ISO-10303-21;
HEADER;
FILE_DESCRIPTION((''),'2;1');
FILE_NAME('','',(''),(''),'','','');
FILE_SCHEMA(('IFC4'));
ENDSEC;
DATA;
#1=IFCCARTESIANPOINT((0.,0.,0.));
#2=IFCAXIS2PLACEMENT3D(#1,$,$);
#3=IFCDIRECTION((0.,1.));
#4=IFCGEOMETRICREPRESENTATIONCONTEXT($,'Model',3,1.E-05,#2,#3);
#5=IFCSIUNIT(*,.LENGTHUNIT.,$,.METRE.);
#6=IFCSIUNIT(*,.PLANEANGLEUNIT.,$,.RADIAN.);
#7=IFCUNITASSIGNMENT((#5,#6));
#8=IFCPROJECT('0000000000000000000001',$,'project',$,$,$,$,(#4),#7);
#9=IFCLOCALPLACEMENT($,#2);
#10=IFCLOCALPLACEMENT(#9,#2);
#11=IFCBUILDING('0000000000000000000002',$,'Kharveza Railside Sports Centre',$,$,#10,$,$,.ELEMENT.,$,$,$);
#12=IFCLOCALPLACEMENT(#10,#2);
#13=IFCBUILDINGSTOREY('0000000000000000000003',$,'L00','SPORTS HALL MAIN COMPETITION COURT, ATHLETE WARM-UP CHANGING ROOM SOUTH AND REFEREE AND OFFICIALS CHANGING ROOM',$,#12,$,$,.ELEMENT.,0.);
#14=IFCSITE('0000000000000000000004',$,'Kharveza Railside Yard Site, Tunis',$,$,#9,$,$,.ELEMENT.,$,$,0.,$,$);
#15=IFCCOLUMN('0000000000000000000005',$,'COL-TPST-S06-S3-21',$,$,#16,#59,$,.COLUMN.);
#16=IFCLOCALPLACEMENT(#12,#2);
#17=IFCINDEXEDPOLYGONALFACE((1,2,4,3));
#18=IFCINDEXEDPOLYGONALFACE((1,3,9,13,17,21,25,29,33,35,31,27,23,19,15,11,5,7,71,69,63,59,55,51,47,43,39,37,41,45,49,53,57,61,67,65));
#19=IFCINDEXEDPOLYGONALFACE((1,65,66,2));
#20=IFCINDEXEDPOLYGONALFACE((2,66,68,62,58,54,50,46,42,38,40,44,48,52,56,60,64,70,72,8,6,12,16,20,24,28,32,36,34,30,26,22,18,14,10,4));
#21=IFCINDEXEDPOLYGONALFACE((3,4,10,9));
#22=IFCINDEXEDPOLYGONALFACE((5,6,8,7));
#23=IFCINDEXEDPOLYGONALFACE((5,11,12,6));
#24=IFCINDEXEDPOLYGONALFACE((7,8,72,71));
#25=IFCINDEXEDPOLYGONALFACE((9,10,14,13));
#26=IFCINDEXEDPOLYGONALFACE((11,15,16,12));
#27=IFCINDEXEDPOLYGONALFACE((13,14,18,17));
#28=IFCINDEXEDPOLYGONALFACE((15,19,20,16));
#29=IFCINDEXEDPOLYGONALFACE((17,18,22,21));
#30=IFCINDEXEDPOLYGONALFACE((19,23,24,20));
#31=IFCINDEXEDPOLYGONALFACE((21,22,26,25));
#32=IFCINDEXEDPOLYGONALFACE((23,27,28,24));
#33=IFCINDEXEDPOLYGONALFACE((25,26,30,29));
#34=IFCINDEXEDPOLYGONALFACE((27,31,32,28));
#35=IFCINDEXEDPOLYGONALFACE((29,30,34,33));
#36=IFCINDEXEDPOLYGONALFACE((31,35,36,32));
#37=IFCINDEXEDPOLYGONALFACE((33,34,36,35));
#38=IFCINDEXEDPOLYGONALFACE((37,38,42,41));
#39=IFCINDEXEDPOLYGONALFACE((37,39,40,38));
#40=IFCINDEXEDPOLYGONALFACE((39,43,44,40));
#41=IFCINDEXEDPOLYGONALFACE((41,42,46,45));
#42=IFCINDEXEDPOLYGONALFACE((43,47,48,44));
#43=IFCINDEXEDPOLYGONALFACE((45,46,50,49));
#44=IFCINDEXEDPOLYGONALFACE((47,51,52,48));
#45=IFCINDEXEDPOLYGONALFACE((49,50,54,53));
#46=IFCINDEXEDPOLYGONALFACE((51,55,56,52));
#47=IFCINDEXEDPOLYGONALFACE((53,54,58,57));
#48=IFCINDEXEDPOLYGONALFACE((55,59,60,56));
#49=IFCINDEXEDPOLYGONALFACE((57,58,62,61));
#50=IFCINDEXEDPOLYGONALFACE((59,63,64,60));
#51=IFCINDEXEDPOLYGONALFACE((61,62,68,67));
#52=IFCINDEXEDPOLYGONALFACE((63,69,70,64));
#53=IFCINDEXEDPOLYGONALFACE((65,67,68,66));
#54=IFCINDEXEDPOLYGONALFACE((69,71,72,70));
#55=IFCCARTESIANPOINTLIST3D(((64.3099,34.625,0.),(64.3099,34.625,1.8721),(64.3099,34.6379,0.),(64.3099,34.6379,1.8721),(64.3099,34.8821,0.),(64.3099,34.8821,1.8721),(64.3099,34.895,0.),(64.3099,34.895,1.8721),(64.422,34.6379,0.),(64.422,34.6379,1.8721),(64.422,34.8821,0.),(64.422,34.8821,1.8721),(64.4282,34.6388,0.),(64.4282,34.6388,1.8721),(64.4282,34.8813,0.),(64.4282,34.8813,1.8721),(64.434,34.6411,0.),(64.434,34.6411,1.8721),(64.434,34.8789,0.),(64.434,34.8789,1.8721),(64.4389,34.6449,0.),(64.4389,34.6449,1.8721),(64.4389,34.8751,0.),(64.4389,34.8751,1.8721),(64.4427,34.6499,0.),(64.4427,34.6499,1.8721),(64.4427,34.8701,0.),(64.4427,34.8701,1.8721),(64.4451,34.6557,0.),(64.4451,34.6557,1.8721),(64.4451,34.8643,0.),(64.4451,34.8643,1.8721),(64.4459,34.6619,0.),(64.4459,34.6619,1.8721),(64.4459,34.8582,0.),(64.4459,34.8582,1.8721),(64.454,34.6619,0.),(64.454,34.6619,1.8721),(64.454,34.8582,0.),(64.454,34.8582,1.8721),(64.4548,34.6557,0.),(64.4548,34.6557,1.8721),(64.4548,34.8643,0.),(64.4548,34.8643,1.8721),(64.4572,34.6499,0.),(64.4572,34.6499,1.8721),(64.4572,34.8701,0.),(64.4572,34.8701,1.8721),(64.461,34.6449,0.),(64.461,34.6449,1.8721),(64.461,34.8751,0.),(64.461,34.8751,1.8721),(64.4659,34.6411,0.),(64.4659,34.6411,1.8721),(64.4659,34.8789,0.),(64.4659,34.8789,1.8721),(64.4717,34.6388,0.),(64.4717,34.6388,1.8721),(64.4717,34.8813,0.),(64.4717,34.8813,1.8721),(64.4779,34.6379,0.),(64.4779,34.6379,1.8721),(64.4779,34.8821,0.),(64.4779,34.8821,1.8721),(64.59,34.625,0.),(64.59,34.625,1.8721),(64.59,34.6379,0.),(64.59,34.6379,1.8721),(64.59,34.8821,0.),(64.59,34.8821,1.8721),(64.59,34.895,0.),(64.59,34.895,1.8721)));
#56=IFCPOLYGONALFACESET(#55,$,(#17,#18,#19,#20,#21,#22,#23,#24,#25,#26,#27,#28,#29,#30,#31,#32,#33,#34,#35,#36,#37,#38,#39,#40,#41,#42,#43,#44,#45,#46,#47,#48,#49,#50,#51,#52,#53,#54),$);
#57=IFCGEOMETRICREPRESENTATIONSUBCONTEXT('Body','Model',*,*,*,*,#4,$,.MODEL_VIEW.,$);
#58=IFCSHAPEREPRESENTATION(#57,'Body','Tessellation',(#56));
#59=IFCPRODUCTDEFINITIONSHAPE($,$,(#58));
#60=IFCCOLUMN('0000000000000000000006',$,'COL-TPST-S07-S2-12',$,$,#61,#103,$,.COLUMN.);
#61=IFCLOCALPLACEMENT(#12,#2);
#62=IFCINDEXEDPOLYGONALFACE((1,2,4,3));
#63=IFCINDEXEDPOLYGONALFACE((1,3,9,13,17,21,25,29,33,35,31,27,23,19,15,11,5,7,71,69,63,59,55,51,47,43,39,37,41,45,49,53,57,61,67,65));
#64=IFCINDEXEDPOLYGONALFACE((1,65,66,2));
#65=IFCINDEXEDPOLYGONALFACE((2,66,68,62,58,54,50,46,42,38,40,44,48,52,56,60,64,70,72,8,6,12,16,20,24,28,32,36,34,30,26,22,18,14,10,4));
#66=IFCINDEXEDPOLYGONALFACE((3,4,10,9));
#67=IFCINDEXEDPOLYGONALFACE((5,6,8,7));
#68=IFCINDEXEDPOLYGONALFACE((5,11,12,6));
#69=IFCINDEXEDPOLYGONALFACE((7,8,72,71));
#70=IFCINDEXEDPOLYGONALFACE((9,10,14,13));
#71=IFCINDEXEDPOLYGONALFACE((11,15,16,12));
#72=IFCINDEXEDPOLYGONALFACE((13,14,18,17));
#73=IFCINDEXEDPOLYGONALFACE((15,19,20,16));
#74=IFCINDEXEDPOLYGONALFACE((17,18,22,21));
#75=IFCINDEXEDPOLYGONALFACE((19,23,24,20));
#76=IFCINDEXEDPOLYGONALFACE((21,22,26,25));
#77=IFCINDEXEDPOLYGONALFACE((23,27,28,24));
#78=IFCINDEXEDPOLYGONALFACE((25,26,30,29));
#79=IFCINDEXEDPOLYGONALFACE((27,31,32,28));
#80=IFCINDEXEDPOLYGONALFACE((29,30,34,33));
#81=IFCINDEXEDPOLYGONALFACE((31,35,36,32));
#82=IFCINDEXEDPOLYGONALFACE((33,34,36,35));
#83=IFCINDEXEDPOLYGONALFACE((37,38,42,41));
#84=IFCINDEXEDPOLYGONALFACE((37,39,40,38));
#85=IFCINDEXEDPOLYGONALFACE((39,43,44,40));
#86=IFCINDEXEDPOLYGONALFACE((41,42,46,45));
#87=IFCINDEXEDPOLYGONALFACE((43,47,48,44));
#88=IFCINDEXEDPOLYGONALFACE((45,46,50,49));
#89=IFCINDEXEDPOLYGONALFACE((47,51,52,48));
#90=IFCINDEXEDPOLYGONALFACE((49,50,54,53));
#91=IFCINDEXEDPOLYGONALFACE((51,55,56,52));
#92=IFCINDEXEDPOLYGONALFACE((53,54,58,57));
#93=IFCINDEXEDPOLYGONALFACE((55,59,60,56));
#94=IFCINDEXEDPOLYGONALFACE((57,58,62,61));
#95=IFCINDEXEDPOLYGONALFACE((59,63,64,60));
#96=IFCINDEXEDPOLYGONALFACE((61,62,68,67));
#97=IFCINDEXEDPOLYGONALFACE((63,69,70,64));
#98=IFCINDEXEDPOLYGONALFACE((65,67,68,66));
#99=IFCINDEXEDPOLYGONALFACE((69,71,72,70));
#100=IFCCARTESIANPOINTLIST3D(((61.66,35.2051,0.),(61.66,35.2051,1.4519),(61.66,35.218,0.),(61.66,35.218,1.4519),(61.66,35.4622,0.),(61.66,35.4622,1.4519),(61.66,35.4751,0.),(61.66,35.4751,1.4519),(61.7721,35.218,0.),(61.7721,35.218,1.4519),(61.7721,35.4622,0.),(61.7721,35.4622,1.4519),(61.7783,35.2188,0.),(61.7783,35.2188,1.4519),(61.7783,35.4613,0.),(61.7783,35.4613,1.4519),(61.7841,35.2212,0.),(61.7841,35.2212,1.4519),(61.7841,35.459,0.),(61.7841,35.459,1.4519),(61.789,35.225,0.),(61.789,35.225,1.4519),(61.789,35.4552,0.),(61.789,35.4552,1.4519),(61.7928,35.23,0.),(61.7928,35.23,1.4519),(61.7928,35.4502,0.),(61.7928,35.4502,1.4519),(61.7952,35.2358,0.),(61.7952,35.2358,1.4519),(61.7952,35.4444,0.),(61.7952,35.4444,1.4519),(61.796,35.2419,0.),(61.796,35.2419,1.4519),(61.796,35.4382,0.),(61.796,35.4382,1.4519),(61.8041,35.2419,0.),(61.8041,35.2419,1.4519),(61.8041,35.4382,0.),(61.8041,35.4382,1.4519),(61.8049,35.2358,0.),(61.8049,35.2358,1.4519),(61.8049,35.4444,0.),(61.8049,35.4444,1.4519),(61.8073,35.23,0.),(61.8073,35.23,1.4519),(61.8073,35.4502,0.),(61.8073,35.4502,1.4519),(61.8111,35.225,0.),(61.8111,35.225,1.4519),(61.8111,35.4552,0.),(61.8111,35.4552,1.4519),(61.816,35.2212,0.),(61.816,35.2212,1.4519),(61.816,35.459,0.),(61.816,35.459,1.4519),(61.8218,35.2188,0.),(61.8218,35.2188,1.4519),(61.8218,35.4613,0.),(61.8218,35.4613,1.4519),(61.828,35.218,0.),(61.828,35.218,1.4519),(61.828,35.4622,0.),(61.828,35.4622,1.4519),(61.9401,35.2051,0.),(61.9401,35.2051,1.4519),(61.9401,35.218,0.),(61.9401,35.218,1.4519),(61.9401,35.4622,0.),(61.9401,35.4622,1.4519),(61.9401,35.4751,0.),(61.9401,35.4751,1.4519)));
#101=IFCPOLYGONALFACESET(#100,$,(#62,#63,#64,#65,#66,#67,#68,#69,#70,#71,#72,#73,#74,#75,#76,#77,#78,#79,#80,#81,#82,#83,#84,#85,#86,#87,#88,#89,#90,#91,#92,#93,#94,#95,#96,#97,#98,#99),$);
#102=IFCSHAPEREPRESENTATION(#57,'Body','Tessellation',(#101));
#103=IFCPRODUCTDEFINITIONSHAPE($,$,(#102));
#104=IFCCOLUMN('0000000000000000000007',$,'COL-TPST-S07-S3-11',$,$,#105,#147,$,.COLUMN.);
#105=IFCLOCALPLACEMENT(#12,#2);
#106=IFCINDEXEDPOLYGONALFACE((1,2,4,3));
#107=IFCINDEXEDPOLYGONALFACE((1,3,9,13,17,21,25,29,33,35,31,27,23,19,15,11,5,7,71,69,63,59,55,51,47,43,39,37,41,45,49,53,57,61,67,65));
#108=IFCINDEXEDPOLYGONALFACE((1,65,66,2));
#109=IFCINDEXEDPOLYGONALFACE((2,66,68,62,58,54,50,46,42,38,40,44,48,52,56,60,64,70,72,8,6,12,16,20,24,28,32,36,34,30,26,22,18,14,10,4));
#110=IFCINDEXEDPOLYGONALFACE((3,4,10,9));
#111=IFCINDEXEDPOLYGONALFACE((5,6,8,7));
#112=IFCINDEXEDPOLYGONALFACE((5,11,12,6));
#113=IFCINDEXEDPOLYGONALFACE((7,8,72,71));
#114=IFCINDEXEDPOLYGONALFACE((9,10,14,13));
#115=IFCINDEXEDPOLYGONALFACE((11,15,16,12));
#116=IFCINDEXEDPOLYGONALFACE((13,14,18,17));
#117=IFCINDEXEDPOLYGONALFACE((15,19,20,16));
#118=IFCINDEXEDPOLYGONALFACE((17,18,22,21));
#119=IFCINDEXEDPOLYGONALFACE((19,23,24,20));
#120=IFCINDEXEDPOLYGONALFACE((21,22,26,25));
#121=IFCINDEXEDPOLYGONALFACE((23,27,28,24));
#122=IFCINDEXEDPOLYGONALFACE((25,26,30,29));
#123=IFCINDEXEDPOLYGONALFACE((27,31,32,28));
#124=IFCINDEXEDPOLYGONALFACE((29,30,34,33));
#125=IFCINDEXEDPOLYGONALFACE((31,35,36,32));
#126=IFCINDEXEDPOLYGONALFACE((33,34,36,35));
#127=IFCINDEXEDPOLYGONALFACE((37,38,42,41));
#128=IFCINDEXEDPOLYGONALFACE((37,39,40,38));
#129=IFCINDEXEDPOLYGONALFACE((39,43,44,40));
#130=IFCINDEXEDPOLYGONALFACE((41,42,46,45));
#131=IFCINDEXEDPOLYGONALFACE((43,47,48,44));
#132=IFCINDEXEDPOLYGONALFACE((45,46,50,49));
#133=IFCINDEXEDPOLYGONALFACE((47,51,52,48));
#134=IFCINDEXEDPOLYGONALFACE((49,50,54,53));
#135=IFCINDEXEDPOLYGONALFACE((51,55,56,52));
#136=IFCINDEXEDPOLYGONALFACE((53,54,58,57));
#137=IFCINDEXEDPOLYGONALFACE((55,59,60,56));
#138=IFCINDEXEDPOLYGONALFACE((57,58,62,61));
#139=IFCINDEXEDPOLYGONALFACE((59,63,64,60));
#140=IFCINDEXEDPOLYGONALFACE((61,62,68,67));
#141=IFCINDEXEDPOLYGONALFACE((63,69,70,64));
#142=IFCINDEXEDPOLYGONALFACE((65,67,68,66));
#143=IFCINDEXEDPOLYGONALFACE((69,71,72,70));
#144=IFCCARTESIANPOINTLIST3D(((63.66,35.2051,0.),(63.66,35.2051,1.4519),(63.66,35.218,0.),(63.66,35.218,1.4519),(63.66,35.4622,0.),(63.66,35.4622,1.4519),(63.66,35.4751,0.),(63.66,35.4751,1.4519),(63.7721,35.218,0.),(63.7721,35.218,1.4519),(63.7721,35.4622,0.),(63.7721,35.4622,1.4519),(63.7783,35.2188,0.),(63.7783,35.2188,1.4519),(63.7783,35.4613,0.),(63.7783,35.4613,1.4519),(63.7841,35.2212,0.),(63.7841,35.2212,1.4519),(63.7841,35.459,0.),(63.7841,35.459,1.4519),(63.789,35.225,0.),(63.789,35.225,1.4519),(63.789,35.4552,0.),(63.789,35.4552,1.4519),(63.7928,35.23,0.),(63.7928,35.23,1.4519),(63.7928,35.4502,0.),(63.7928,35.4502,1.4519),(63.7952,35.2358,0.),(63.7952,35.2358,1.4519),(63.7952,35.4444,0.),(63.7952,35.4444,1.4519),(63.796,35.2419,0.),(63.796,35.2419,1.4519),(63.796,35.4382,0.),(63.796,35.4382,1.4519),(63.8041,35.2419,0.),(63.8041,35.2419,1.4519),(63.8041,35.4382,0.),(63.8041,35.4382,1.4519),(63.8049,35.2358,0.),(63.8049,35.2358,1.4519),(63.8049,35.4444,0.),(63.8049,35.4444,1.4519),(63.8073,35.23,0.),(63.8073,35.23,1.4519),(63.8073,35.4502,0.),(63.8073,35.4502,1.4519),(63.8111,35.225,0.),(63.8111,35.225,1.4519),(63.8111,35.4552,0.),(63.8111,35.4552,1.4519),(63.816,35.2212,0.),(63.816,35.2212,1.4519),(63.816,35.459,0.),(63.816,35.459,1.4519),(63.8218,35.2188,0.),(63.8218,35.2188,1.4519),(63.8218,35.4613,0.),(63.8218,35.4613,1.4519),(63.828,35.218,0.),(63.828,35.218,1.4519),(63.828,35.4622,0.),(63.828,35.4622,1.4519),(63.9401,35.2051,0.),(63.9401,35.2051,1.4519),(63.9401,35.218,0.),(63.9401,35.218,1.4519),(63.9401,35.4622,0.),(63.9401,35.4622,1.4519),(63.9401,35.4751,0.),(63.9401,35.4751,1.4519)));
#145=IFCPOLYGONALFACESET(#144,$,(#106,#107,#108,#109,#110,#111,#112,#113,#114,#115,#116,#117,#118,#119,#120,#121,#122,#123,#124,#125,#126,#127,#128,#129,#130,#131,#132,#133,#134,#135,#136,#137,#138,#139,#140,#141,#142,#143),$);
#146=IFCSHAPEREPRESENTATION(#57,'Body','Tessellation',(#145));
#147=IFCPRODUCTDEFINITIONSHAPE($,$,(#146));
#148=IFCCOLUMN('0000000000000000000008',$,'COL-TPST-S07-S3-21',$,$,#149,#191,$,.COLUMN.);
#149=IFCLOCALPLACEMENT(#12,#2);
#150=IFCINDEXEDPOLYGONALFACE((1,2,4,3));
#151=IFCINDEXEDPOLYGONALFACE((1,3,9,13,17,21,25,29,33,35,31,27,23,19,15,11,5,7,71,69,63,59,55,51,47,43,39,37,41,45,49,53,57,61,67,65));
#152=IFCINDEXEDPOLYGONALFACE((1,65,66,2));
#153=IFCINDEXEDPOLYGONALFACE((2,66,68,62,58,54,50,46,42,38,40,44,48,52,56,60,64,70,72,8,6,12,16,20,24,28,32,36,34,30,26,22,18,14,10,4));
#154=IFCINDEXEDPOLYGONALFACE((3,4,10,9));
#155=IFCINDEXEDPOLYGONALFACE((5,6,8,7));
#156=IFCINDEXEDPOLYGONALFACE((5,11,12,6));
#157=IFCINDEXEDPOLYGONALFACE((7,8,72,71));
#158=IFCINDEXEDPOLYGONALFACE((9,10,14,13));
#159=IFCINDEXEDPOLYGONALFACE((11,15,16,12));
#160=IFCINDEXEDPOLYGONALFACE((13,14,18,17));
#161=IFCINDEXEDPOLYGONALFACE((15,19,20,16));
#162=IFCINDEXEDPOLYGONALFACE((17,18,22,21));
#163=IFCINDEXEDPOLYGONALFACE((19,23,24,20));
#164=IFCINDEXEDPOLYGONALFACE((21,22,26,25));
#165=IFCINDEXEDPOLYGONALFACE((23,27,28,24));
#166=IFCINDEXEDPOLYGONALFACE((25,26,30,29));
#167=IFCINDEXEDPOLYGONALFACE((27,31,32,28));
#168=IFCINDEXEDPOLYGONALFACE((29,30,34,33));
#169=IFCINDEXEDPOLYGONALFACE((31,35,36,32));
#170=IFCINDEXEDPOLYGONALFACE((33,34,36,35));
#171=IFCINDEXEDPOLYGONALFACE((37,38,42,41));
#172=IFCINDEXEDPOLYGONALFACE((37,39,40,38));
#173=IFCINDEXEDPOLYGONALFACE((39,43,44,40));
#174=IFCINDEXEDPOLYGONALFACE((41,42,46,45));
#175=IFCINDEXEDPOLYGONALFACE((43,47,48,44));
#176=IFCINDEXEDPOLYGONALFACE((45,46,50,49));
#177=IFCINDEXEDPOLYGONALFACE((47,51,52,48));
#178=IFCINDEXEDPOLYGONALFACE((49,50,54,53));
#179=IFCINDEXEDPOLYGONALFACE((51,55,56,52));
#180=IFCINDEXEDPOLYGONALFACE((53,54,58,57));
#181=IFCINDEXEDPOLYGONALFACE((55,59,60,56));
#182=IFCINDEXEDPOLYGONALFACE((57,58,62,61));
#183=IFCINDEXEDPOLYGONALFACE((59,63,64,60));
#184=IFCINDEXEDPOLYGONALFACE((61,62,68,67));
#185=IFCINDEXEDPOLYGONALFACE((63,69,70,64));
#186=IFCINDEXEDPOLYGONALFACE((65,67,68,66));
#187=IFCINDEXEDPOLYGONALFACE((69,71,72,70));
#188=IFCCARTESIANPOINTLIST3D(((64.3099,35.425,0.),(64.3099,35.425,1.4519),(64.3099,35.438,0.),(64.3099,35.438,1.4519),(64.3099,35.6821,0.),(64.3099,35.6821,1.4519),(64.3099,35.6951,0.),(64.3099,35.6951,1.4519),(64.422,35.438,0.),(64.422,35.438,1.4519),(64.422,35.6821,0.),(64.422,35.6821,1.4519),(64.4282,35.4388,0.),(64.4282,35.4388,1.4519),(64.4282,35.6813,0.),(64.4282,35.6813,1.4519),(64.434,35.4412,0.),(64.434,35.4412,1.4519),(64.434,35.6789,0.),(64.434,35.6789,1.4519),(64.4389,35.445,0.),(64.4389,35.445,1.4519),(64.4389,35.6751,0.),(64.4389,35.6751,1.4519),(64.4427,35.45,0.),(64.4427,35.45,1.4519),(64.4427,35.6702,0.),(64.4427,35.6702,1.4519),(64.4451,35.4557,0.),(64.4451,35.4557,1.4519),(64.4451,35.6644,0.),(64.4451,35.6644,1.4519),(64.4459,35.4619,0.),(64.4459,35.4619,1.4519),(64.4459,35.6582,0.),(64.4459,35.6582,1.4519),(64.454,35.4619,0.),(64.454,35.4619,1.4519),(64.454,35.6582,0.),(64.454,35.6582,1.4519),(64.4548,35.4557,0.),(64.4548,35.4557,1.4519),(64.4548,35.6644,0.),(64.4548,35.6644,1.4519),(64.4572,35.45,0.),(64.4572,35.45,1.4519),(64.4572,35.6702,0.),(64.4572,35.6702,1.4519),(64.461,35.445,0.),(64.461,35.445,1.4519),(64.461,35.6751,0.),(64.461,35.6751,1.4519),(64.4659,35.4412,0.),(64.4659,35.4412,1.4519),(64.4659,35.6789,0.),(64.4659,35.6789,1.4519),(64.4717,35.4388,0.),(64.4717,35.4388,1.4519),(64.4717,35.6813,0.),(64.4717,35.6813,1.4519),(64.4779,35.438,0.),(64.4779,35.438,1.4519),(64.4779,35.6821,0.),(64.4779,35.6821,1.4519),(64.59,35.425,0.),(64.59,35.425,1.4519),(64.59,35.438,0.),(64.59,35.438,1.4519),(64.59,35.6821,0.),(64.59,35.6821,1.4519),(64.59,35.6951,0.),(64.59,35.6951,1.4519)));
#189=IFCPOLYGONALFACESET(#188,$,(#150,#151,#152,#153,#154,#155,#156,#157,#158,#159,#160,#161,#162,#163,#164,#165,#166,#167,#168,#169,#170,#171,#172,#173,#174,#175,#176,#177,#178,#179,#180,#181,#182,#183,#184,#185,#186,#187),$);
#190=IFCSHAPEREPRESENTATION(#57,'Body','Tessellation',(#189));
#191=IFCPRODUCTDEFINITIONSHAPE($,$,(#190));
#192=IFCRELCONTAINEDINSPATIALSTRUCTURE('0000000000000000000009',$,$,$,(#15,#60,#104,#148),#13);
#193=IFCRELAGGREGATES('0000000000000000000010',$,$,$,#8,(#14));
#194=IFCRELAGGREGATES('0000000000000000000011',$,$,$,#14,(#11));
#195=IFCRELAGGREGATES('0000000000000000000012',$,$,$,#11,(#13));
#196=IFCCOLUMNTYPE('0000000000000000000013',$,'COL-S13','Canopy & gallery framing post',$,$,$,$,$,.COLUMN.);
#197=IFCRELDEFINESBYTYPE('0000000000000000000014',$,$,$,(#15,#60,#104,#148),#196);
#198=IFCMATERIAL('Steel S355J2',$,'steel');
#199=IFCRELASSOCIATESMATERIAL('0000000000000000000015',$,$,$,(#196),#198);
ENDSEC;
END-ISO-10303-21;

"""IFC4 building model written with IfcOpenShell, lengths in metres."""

from ifc_helpers import new_model, si_unit, direction, frame, origin, origin_2d, place, context, subcontext, project, spatial, i_section, extrude, material, material_profile, profile_set, type_object, element, save


model = new_model("IFC4")

# Units and contexts
model_context = context("Model", 3, precision=1e-05, world=origin(), true_north=direction((0.0, 1.0)))
body_context = subcontext(model_context, "Body", "Model", "MODEL_VIEW")
ifc_project = project(units=[si_unit("LENGTHUNIT", "METRE"), si_unit("PLANEANGLEUNIT", "RADIAN")], contexts=[model_context])

# Site, building, storey
site_placement = place(None, origin())
site = spatial("IfcSite", under=ifc_project, at=site_placement, Name="Kharveza Railside Yard Site, Tunis", CompositionType="ELEMENT", RefElevation=0.0)
building_placement = place(site_placement, origin())
building = spatial("IfcBuilding", under=site, at=building_placement, Name="Kharveza Railside Sports Centre", CompositionType="ELEMENT")
storey_placement = place(building_placement, origin())
storey = spatial("IfcBuildingStorey", under=building, at=storey_placement, Name="L00", Description="SPORTS HALL MAIN COMPETITION COURT, ATHLETE WARM-UP CHANGING ROOM SOUTH AND REFEREE AND OFFICIALS CHANGING ROOM", CompositionType="ELEMENT", Elevation=0.0)

# Columns
ifc_material_1 = material(Name="Steel S355J2", Category="steel")
ifc_material_profile_1 = material_profile(ifc_material_1, i_section(OverallWidth=0.28, OverallDepth=0.27, WebThickness=0.0081, FlangeThickness=0.0129, FilletRadius=0.0239, at=origin_2d()), Name="HEA 280")
ifc_profile_set_1 = profile_set([ifc_material_profile_1], Name="Steel S355J2")
column_type_1 = type_object("IfcColumnType", Name="COL-S13", Description="Canopy & gallery framing post", PredefinedType="COLUMN", material=ifc_profile_set_1)
for number, where, z_axis, x_axis, name in (
    (1, (64.45, 34.76, 0.0), (0.0, 0.0, 1.0), (1.0, 0.0, 0.0), "COL-TPST-S06-S3-21"),
):
    element("IfcColumn", number, at=place(storey_placement, frame(where, z_axis=z_axis, x_axis=x_axis)), inside=storey, type_object=column_type_1, Name=name, PredefinedType="COLUMN", context=body_context, shape_type="SweptSolid", body=[
        extrude(i_section(OverallWidth=0.28, OverallDepth=0.27, WebThickness=0.0081, FlangeThickness=0.0129, FilletRadius=0.0239, at=origin_2d()), origin(), (0.0, 0.0, 1.0), 1.8721),
    ])
for number, where, z_axis, x_axis, name in (
    (2, (61.8, 35.3401, 0.0), (0.0, 0.0, 1.0), (1.0, 0.0, 0.0), "COL-TPST-S07-S2-12"),
    (3, (63.8, 35.3401, 0.0), (0.0, 0.0, 1.0), (1.0, 0.0, 0.0), "COL-TPST-S07-S3-11"),
    (4, (64.45, 35.5601, 0.0), (0.0, 0.0, 1.0), (1.0, 0.0, 0.0), "COL-TPST-S07-S3-21"),
):
    element("IfcColumn", number, at=place(storey_placement, frame(where, z_axis=z_axis, x_axis=x_axis)), inside=storey, type_object=column_type_1, Name=name, PredefinedType="COLUMN", context=body_context, shape_type="SweptSolid", body=[
        extrude(i_section(OverallWidth=0.28, OverallDepth=0.27, WebThickness=0.0081, FlangeThickness=0.0129, FilletRadius=0.0239, at=origin_2d()), origin(), (0.0, 0.0, 1.0), 1.4519),
    ])

save(model, "model.ifc")
